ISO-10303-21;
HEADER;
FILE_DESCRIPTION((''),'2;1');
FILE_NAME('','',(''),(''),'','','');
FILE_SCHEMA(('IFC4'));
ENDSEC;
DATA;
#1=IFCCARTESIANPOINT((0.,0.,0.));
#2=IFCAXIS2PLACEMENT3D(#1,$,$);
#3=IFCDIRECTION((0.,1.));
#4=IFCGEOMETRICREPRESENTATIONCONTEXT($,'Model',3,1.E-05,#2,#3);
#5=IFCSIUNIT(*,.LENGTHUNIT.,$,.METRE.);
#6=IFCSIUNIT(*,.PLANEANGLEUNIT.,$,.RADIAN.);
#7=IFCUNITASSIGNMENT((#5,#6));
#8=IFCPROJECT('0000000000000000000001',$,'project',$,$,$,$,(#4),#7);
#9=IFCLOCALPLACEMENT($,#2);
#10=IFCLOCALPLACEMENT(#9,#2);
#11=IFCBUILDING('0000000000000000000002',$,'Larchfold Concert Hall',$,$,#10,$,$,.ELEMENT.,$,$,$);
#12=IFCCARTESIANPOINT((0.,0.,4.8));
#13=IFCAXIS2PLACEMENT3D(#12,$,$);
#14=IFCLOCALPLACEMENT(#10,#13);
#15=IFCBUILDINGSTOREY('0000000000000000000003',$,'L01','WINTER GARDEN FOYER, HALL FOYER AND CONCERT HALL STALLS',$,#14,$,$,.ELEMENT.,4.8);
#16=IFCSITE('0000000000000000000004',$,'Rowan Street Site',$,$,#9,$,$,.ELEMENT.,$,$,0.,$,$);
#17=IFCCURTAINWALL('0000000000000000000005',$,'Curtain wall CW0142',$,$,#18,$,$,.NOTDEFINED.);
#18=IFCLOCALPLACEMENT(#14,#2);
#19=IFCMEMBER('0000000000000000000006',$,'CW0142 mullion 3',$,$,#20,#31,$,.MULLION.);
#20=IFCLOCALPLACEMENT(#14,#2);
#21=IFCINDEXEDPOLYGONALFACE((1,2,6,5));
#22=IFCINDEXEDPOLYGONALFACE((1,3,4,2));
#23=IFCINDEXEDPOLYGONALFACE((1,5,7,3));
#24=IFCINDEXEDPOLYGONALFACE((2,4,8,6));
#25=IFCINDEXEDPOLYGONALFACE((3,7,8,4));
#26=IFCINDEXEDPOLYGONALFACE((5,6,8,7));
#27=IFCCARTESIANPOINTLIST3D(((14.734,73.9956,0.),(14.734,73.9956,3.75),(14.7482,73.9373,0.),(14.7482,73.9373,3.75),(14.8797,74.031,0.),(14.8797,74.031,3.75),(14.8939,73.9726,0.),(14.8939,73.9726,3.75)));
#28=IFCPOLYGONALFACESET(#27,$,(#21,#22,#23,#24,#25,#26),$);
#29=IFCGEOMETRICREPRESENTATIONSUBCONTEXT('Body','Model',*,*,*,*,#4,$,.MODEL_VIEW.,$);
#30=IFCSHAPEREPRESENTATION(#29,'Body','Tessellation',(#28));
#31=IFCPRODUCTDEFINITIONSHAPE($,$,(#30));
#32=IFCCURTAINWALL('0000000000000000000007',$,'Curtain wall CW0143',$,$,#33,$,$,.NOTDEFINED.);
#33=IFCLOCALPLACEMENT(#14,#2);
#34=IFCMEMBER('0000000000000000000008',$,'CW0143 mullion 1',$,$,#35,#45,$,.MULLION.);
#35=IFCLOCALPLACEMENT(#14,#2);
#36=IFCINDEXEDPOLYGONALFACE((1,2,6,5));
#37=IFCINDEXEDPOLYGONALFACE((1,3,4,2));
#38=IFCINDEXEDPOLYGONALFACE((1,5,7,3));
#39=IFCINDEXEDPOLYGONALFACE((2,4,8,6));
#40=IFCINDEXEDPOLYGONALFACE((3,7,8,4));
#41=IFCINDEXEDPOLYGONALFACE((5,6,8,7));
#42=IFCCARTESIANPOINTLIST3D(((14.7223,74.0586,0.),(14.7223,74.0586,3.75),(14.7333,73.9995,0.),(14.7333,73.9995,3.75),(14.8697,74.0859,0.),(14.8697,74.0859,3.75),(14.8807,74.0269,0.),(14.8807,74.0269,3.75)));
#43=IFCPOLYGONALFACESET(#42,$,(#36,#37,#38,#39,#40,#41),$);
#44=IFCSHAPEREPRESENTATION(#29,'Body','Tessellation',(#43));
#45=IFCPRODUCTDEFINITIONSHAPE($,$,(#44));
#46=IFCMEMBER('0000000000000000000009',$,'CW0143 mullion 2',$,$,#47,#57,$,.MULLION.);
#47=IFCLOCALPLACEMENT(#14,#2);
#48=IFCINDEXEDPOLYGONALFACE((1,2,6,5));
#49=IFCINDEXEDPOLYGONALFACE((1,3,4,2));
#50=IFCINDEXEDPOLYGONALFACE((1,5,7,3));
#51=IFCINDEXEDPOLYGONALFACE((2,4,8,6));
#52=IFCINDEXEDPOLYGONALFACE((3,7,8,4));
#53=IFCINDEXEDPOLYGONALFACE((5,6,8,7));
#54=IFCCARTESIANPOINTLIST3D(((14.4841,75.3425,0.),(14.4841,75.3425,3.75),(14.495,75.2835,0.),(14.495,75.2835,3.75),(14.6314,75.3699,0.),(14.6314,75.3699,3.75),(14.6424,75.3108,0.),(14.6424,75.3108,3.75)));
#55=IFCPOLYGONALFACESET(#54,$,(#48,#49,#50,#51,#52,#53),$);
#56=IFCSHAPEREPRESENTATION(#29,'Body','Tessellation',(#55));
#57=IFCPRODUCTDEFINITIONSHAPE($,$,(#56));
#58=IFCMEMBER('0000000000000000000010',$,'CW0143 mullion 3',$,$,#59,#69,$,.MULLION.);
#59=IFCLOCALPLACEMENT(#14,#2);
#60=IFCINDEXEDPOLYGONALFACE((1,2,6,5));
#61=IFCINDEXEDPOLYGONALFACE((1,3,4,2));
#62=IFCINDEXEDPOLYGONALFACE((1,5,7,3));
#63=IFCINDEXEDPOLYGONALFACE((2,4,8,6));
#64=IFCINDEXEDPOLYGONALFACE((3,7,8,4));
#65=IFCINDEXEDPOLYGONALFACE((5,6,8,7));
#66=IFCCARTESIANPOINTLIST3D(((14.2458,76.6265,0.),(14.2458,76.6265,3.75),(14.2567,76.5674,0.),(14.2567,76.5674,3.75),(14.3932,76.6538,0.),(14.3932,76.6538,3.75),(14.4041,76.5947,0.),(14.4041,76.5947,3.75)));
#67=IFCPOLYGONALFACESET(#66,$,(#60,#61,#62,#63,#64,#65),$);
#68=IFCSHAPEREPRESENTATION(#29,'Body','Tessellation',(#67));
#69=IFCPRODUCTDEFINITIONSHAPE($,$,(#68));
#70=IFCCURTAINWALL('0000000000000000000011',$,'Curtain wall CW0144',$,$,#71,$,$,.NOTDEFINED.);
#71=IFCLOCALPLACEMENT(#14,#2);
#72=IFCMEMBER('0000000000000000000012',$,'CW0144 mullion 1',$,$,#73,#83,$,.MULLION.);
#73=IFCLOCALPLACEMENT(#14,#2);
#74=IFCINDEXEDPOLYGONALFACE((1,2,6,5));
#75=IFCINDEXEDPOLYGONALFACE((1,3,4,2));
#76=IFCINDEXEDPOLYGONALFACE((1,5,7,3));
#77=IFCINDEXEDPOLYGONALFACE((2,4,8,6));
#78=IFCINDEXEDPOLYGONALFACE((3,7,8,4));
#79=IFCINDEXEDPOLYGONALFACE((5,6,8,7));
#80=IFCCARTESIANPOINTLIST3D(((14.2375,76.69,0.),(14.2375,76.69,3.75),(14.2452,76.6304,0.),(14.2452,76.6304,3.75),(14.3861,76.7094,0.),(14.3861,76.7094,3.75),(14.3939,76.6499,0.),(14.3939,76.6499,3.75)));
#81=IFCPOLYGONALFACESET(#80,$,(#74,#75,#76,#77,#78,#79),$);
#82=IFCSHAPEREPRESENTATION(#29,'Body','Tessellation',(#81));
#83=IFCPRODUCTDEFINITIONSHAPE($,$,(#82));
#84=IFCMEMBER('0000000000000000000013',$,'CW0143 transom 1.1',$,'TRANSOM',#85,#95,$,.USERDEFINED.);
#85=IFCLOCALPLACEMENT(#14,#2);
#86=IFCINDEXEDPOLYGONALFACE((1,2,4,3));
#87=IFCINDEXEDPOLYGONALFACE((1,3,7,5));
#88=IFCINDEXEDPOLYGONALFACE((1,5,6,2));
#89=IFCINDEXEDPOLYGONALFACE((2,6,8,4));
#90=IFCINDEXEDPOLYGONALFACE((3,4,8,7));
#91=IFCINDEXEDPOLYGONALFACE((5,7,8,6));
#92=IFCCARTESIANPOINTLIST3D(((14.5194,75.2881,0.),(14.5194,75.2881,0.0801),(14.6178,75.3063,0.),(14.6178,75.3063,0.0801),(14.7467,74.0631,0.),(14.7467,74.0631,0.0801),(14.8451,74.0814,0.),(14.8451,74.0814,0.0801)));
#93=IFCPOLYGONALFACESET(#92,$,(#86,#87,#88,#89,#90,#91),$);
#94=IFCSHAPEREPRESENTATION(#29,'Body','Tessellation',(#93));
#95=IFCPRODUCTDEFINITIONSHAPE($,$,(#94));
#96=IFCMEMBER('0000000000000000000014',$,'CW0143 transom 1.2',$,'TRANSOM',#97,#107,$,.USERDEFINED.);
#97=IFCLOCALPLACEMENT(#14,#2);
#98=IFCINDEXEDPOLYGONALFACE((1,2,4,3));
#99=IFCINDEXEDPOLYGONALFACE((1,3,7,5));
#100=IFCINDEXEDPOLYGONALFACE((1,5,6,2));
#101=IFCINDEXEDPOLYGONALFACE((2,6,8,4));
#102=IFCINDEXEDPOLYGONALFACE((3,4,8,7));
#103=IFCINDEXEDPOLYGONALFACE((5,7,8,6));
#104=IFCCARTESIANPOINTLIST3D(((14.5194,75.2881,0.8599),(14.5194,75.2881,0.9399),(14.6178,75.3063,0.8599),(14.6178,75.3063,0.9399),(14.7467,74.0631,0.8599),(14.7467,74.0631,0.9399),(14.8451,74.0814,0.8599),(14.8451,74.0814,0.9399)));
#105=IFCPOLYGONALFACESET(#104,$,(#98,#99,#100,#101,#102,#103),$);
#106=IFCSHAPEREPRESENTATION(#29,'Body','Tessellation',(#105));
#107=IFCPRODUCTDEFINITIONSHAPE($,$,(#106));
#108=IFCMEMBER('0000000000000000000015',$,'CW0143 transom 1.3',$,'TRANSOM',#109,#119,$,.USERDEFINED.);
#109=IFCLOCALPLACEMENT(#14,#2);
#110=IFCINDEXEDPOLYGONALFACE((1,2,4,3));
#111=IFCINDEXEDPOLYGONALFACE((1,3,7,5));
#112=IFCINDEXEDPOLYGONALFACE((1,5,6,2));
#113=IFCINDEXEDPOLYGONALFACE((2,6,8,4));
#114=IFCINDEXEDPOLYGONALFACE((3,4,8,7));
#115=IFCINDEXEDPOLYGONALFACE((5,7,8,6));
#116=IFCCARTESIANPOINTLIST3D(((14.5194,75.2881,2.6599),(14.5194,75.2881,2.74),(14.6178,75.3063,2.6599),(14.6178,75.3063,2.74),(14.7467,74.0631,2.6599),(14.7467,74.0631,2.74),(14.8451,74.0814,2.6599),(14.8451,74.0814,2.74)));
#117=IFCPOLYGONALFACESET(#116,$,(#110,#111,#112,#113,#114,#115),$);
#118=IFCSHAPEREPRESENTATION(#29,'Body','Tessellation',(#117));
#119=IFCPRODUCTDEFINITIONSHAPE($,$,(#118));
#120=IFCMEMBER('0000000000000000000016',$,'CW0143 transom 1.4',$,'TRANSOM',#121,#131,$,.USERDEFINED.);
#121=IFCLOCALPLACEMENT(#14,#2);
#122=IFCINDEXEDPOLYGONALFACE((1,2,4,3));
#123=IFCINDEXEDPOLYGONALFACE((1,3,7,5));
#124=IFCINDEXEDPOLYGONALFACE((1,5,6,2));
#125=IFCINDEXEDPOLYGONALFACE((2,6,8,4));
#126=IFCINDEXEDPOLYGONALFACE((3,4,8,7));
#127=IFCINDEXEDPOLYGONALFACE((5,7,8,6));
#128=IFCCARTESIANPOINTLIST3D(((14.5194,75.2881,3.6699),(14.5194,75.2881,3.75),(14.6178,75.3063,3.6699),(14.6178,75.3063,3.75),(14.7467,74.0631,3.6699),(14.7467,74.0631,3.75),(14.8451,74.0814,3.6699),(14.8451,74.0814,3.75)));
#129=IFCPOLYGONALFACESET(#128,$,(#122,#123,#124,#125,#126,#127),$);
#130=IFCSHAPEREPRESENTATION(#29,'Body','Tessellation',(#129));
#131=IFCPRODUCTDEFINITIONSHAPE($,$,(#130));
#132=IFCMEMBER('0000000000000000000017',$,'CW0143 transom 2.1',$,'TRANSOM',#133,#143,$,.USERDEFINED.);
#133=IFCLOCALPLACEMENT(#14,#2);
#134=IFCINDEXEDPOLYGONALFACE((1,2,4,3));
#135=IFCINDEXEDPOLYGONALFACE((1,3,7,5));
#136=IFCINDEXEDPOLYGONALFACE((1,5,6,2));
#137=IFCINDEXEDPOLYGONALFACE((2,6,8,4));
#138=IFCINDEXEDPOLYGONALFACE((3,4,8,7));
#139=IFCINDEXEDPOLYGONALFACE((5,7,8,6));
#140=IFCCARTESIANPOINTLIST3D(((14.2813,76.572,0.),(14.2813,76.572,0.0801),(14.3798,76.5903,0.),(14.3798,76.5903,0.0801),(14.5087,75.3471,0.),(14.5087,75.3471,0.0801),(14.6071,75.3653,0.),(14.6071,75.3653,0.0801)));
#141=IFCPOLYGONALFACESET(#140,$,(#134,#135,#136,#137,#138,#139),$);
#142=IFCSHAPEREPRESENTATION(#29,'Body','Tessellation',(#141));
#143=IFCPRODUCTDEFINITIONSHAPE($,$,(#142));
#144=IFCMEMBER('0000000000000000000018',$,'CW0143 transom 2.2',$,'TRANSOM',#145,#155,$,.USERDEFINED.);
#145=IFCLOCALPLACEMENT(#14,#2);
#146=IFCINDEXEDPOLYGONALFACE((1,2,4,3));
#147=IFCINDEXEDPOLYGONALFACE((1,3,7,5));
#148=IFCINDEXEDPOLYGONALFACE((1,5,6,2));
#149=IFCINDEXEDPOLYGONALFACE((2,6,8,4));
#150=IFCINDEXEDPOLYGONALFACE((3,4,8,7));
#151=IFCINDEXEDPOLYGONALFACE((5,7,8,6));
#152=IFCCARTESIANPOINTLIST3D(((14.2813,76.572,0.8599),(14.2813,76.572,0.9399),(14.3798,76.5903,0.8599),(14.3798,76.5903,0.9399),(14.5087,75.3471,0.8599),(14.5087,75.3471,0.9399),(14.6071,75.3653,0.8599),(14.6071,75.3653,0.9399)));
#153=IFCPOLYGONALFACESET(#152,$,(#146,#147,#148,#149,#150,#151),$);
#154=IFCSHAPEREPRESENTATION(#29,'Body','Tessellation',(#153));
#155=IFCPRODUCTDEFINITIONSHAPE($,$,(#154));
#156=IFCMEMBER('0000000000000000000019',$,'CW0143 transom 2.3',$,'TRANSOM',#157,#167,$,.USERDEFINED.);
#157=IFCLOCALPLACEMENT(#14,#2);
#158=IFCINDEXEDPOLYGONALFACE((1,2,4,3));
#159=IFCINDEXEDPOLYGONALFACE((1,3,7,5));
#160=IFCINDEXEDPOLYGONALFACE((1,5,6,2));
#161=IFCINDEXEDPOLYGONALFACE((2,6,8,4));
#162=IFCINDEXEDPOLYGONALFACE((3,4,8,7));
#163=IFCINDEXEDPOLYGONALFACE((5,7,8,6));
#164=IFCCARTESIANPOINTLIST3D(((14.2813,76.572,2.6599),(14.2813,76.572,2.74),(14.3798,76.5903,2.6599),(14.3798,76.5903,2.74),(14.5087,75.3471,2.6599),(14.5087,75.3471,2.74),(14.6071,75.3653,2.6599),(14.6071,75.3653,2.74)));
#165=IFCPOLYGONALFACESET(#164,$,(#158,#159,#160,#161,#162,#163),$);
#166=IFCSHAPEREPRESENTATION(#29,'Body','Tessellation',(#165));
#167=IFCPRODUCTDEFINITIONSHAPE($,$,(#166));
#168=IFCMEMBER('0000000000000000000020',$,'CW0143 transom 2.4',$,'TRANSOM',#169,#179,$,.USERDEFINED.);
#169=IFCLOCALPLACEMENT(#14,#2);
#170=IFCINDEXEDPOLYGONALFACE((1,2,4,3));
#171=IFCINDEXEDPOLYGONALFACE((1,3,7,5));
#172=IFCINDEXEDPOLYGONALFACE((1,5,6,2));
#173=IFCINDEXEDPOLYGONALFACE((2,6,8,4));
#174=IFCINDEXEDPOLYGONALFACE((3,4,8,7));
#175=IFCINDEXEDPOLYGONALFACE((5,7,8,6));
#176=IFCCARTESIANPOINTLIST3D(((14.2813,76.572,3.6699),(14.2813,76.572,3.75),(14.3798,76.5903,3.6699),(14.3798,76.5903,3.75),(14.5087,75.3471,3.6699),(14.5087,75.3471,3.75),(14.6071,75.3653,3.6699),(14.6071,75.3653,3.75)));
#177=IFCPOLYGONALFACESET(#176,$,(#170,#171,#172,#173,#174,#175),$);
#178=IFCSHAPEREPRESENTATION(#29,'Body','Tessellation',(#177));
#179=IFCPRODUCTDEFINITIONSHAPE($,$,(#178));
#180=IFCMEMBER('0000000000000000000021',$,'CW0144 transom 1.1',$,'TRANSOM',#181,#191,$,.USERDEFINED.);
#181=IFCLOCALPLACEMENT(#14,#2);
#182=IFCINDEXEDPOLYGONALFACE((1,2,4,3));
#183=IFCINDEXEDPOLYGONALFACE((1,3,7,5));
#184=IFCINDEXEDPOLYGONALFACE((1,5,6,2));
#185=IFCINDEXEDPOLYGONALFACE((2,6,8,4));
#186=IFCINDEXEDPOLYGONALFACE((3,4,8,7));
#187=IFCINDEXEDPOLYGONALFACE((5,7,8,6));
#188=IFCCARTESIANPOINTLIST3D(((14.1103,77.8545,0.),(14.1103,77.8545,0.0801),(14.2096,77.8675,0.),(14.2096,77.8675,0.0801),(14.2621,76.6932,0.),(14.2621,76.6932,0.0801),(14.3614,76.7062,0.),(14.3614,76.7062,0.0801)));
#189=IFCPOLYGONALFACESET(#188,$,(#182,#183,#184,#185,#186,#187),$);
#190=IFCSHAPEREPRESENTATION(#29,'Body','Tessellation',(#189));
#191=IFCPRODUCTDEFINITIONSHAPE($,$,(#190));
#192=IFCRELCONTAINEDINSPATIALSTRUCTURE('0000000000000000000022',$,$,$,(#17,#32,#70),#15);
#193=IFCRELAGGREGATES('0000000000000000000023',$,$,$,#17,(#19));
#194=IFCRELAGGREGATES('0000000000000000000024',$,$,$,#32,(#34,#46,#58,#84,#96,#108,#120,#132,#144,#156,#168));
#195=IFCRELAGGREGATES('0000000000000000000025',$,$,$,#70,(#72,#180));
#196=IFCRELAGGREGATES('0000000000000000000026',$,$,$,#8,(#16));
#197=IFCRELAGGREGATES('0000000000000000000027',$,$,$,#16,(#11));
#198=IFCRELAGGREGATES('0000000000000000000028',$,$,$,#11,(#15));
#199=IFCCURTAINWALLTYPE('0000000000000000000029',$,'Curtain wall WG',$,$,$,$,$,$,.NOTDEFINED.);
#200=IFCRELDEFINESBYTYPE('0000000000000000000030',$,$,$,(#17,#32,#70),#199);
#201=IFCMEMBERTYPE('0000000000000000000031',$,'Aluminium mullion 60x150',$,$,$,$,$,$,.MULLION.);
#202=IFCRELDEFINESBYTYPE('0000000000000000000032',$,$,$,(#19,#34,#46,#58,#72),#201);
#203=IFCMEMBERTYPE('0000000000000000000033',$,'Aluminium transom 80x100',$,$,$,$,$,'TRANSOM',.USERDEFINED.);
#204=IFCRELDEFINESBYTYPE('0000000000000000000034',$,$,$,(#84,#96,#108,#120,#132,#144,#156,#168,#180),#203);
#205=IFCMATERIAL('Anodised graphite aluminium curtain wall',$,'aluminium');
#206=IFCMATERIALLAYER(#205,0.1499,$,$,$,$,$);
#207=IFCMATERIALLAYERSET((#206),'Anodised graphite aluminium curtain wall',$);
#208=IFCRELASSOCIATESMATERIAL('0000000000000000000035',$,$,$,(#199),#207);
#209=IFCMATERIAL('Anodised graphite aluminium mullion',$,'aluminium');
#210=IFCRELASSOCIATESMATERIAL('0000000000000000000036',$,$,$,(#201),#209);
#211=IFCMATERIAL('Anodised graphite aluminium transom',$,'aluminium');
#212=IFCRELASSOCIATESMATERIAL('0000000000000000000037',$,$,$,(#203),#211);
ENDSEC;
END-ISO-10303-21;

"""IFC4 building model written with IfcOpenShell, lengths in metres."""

from ifc_helpers import new_model, si_unit, direction, frame, origin, origin_2d, place, context, subcontext, project, spatial, rectangle, extrude, material, layer, layer_set, material_profile, profile_set, type_object, element, aggregate, save


model = new_model("IFC4")

# Units and contexts
model_context = context("Model", 3, precision=1e-05, world=origin(), true_north=direction((0.0, 1.0)))
body_context = subcontext(model_context, "Body", "Model", "MODEL_VIEW")
ifc_project = project(units=[si_unit("LENGTHUNIT", "METRE"), si_unit("PLANEANGLEUNIT", "RADIAN")], contexts=[model_context])

# Site, building, storey
site_placement = place(None, origin())
site = spatial("IfcSite", under=ifc_project, at=site_placement, Name="Rowan Street Site", CompositionType="ELEMENT", RefElevation=0.0)
building_placement = place(site_placement, origin())
building = spatial("IfcBuilding", under=site, at=building_placement, Name="Larchfold Concert Hall", CompositionType="ELEMENT")
storey_placement = place(building_placement, frame((0.0, 0.0, 4.8)))
storey = spatial("IfcBuildingStorey", under=building, at=storey_placement, Name="L01", Description="WINTER GARDEN FOYER, HALL FOYER AND CONCERT HALL STALLS", CompositionType="ELEMENT", Elevation=4.8)

# Curtain wall, member
ifc_material_1 = material(Name="Anodised graphite aluminium curtain wall", Category="aluminium")
ifc_layer_1 = layer(ifc_material_1, 0.1499)
ifc_layer_set_1 = layer_set([ifc_layer_1], Name="Anodised graphite aluminium curtain wall")
curtain_wall_type = type_object("IfcCurtainWallType", Name="Curtain wall WG", PredefinedType="NOTDEFINED", material=ifc_layer_set_1)
curtain_wall_1_placement = place(storey_placement, origin())
curtain_wall_1 = element("IfcCurtainWall", 1, at=curtain_wall_1_placement, inside=storey, type_object=curtain_wall_type, Name="Curtain wall CW0142", PredefinedType="NOTDEFINED")
ifc_material_2 = material(Name="Anodised graphite aluminium mullion", Category="aluminium")
ifc_material_profile_1 = material_profile(ifc_material_2, rectangle(XDim=0.1499, YDim=0.0601, at=origin_2d()))
ifc_profile_set_1 = profile_set([ifc_material_profile_1], Name="Anodised graphite aluminium mullion")
member_type_1 = type_object("IfcMemberType", Name="Aluminium mullion 60x150", PredefinedType="MULLION", material=ifc_profile_set_1)
member_1_placement = place(storey_placement, frame((14.814, 73.9841, 0.0), z_axis=(0.0, 0.0, 1.0), x_axis=(-0.971766, -0.235946, 0.0)))
member_1 = element("IfcMember", 2, at=member_1_placement, type_object=member_type_1, Name="CW0142 mullion 3", PredefinedType="MULLION", context=body_context, shape_type="SweptSolid", body=[
    extrude(rectangle(XDim=0.1499, YDim=0.0601, at=origin_2d()), origin(), (0.0, 0.0, 1.0), 3.75),
])

# Curtain wall, members
curtain_wall_2_placement = place(storey_placement, origin())
curtain_wall_2 = element("IfcCurtainWall", 3, at=curtain_wall_2_placement, inside=storey, type_object=curtain_wall_type, Name="Curtain wall CW0143", PredefinedType="NOTDEFINED")
member_2_placement = place(storey_placement, frame((14.8015, 74.0427, 0.0), z_axis=(0.0, 0.0, 1.0), x_axis=(-0.983226, -0.18239, 0.0)))
member_2 = element("IfcMember", 4, at=member_2_placement, type_object=member_type_1, Name="CW0143 mullion 1", PredefinedType="MULLION", context=body_context, shape_type="SweptSolid", body=[
    extrude(rectangle(XDim=0.1499, YDim=0.0601, at=origin_2d()), origin(), (0.0, 0.0, 1.0), 3.75),
])
member_3_placement = place(storey_placement, frame((14.5632, 75.3267, 0.0), z_axis=(0.0, 0.0, 1.0), x_axis=(-0.983226, -0.18239, 0.0)))
member_3 = element("IfcMember", 5, at=member_3_placement, type_object=member_type_1, Name="CW0143 mullion 2", PredefinedType="MULLION", context=body_context, shape_type="SweptSolid", body=[
    extrude(rectangle(XDim=0.1499, YDim=0.0601, at=origin_2d()), origin(), (0.0, 0.0, 1.0), 3.75),
])
member_4_placement = place(storey_placement, frame((14.325, 76.6106, 0.0), z_axis=(0.0, 0.0, 1.0), x_axis=(-0.983226, -0.18239, 0.0)))
member_4 = element("IfcMember", 6, at=member_4_placement, type_object=member_type_1, Name="CW0143 mullion 3", PredefinedType="MULLION", context=body_context, shape_type="SweptSolid", body=[
    extrude(rectangle(XDim=0.1499, YDim=0.0601, at=origin_2d()), origin(), (0.0, 0.0, 1.0), 3.75),
])

# Curtain wall, member
curtain_wall_3_placement = place(storey_placement, origin())
curtain_wall_3 = element("IfcCurtainWall", 7, at=curtain_wall_3_placement, inside=storey, type_object=curtain_wall_type, Name="Curtain wall CW0144", PredefinedType="NOTDEFINED")
member_5_placement = place(storey_placement, frame((14.3157, 76.6699, 0.0), z_axis=(0.0, 0.0, 1.0), x_axis=(-0.991556, -0.129678, 0.0)))
member_5 = element("IfcMember", 8, at=member_5_placement, type_object=member_type_1, Name="CW0144 mullion 1", PredefinedType="MULLION", context=body_context, shape_type="SweptSolid", body=[
    extrude(rectangle(XDim=0.1499, YDim=0.0601, at=origin_2d()), origin(), (0.0, 0.0, 1.0), 3.75),
])

# Members
ifc_material_3 = material(Name="Anodised graphite aluminium transom", Category="aluminium")
ifc_material_profile_2 = material_profile(ifc_material_3, rectangle(XDim=0.1001, YDim=0.0801, at=origin_2d()))
ifc_profile_set_2 = profile_set([ifc_material_profile_2], Name="Anodised graphite aluminium transom")
member_type_2 = type_object("IfcMemberType", Name="Aluminium transom 80x100", ElementType="TRANSOM", PredefinedType="USERDEFINED", material=ifc_profile_set_2)
member_6_placement = place(storey_placement, frame((14.7959, 74.0723, 0.04), z_axis=(-0.182454, 0.983214, 0.0), x_axis=(-0.983214, -0.182454, 0.0)))
member_6 = element("IfcMember", 9, at=member_6_placement, type_object=member_type_2, Name="CW0143 transom 1.1", ObjectType="TRANSOM", PredefinedType="USERDEFINED", context=body_context, shape_type="SweptSolid", body=[
    extrude(rectangle(XDim=0.1001, YDim=0.0801, at=origin_2d()), origin(), (0.0, 0.0, 1.0), 1.2458),
])
member_7_placement = place(storey_placement, frame((14.7959, 74.0723, 0.8999), z_axis=(-0.182454, 0.983214, 0.0), x_axis=(-0.983214, -0.182454, 0.0)))
member_7 = element("IfcMember", 10, at=member_7_placement, type_object=member_type_2, Name="CW0143 transom 1.2", ObjectType="TRANSOM", PredefinedType="USERDEFINED", context=body_context, shape_type="SweptSolid", body=[
    extrude(rectangle(XDim=0.1001, YDim=0.0801, at=origin_2d()), origin(), (0.0, 0.0, 1.0), 1.2458),
])
member_8_placement = place(storey_placement, frame((14.7959, 74.0723, 2.7), z_axis=(-0.182454, 0.983214, 0.0), x_axis=(-0.983214, -0.182454, 0.0)))
member_8 = element("IfcMember", 11, at=member_8_placement, type_object=member_type_2, Name="CW0143 transom 1.3", ObjectType="TRANSOM", PredefinedType="USERDEFINED", context=body_context, shape_type="SweptSolid", body=[
    extrude(rectangle(XDim=0.1001, YDim=0.0801, at=origin_2d()), origin(), (0.0, 0.0, 1.0), 1.2458),
])
member_9_placement = place(storey_placement, frame((14.7959, 74.0723, 3.71), z_axis=(-0.182454, 0.983214, 0.0), x_axis=(-0.983214, -0.182454, 0.0)))
member_9 = element("IfcMember", 12, at=member_9_placement, type_object=member_type_2, Name="CW0143 transom 1.4", ObjectType="TRANSOM", PredefinedType="USERDEFINED", context=body_context, shape_type="SweptSolid", body=[
    extrude(rectangle(XDim=0.1001, YDim=0.0801, at=origin_2d()), origin(), (0.0, 0.0, 1.0), 1.2458),
])
member_10_placement = place(storey_placement, frame((14.5579, 75.3562, 0.04), z_axis=(-0.182454, 0.983214, 0.0), x_axis=(-0.983214, -0.182454, 0.0)))
member_10 = element("IfcMember", 13, at=member_10_placement, type_object=member_type_2, Name="CW0143 transom 2.1", ObjectType="TRANSOM", PredefinedType="USERDEFINED", context=body_context, shape_type="SweptSolid", body=[
    extrude(rectangle(XDim=0.1001, YDim=0.0801, at=origin_2d()), origin(), (0.0, 0.0, 1.0), 1.2458),
])
member_11_placement = place(storey_placement, frame((14.5579, 75.3562, 0.8999), z_axis=(-0.182454, 0.983214, 0.0), x_axis=(-0.983214, -0.182454, 0.0)))
member_11 = element("IfcMember", 14, at=member_11_placement, type_object=member_type_2, Name="CW0143 transom 2.2", ObjectType="TRANSOM", PredefinedType="USERDEFINED", context=body_context, shape_type="SweptSolid", body=[
    extrude(rectangle(XDim=0.1001, YDim=0.0801, at=origin_2d()), origin(), (0.0, 0.0, 1.0), 1.2458),
])
member_12_placement = place(storey_placement, frame((14.5579, 75.3562, 2.7), z_axis=(-0.182454, 0.983214, 0.0), x_axis=(-0.983214, -0.182454, 0.0)))
member_12 = element("IfcMember", 15, at=member_12_placement, type_object=member_type_2, Name="CW0143 transom 2.3", ObjectType="TRANSOM", PredefinedType="USERDEFINED", context=body_context, shape_type="SweptSolid", body=[
    extrude(rectangle(XDim=0.1001, YDim=0.0801, at=origin_2d()), origin(), (0.0, 0.0, 1.0), 1.2458),
])
member_13_placement = place(storey_placement, frame((14.5579, 75.3562, 3.71), z_axis=(-0.182454, 0.983214, 0.0), x_axis=(-0.983214, -0.182454, 0.0)))
member_13 = element("IfcMember", 16, at=member_13_placement, type_object=member_type_2, Name="CW0143 transom 2.4", ObjectType="TRANSOM", PredefinedType="USERDEFINED", context=body_context, shape_type="SweptSolid", body=[
    extrude(rectangle(XDim=0.1001, YDim=0.0801, at=origin_2d()), origin(), (0.0, 0.0, 1.0), 1.2458),
])
member_14_placement = place(storey_placement, frame((14.3118, 76.6997, 0.04), z_axis=(-0.129651, 0.99156, 0.0), x_axis=(-0.99156, -0.129651, 0.0)))
member_14 = element("IfcMember", 17, at=member_14_placement, type_object=member_type_2, Name="CW0144 transom 1.1", ObjectType="TRANSOM", PredefinedType="USERDEFINED", context=body_context, shape_type="SweptSolid", body=[
    extrude(rectangle(XDim=0.1001, YDim=0.0801, at=origin_2d()), origin(), (0.0, 0.0, 1.0), 1.1711),
])

aggregate(curtain_wall_1, [member_1])
aggregate(curtain_wall_2, [member_2, member_3, member_4, member_6, member_7, member_8, member_9, member_10, member_11, member_12, member_13])
aggregate(curtain_wall_3, [member_5, member_14])

save(model, "model.ifc")
